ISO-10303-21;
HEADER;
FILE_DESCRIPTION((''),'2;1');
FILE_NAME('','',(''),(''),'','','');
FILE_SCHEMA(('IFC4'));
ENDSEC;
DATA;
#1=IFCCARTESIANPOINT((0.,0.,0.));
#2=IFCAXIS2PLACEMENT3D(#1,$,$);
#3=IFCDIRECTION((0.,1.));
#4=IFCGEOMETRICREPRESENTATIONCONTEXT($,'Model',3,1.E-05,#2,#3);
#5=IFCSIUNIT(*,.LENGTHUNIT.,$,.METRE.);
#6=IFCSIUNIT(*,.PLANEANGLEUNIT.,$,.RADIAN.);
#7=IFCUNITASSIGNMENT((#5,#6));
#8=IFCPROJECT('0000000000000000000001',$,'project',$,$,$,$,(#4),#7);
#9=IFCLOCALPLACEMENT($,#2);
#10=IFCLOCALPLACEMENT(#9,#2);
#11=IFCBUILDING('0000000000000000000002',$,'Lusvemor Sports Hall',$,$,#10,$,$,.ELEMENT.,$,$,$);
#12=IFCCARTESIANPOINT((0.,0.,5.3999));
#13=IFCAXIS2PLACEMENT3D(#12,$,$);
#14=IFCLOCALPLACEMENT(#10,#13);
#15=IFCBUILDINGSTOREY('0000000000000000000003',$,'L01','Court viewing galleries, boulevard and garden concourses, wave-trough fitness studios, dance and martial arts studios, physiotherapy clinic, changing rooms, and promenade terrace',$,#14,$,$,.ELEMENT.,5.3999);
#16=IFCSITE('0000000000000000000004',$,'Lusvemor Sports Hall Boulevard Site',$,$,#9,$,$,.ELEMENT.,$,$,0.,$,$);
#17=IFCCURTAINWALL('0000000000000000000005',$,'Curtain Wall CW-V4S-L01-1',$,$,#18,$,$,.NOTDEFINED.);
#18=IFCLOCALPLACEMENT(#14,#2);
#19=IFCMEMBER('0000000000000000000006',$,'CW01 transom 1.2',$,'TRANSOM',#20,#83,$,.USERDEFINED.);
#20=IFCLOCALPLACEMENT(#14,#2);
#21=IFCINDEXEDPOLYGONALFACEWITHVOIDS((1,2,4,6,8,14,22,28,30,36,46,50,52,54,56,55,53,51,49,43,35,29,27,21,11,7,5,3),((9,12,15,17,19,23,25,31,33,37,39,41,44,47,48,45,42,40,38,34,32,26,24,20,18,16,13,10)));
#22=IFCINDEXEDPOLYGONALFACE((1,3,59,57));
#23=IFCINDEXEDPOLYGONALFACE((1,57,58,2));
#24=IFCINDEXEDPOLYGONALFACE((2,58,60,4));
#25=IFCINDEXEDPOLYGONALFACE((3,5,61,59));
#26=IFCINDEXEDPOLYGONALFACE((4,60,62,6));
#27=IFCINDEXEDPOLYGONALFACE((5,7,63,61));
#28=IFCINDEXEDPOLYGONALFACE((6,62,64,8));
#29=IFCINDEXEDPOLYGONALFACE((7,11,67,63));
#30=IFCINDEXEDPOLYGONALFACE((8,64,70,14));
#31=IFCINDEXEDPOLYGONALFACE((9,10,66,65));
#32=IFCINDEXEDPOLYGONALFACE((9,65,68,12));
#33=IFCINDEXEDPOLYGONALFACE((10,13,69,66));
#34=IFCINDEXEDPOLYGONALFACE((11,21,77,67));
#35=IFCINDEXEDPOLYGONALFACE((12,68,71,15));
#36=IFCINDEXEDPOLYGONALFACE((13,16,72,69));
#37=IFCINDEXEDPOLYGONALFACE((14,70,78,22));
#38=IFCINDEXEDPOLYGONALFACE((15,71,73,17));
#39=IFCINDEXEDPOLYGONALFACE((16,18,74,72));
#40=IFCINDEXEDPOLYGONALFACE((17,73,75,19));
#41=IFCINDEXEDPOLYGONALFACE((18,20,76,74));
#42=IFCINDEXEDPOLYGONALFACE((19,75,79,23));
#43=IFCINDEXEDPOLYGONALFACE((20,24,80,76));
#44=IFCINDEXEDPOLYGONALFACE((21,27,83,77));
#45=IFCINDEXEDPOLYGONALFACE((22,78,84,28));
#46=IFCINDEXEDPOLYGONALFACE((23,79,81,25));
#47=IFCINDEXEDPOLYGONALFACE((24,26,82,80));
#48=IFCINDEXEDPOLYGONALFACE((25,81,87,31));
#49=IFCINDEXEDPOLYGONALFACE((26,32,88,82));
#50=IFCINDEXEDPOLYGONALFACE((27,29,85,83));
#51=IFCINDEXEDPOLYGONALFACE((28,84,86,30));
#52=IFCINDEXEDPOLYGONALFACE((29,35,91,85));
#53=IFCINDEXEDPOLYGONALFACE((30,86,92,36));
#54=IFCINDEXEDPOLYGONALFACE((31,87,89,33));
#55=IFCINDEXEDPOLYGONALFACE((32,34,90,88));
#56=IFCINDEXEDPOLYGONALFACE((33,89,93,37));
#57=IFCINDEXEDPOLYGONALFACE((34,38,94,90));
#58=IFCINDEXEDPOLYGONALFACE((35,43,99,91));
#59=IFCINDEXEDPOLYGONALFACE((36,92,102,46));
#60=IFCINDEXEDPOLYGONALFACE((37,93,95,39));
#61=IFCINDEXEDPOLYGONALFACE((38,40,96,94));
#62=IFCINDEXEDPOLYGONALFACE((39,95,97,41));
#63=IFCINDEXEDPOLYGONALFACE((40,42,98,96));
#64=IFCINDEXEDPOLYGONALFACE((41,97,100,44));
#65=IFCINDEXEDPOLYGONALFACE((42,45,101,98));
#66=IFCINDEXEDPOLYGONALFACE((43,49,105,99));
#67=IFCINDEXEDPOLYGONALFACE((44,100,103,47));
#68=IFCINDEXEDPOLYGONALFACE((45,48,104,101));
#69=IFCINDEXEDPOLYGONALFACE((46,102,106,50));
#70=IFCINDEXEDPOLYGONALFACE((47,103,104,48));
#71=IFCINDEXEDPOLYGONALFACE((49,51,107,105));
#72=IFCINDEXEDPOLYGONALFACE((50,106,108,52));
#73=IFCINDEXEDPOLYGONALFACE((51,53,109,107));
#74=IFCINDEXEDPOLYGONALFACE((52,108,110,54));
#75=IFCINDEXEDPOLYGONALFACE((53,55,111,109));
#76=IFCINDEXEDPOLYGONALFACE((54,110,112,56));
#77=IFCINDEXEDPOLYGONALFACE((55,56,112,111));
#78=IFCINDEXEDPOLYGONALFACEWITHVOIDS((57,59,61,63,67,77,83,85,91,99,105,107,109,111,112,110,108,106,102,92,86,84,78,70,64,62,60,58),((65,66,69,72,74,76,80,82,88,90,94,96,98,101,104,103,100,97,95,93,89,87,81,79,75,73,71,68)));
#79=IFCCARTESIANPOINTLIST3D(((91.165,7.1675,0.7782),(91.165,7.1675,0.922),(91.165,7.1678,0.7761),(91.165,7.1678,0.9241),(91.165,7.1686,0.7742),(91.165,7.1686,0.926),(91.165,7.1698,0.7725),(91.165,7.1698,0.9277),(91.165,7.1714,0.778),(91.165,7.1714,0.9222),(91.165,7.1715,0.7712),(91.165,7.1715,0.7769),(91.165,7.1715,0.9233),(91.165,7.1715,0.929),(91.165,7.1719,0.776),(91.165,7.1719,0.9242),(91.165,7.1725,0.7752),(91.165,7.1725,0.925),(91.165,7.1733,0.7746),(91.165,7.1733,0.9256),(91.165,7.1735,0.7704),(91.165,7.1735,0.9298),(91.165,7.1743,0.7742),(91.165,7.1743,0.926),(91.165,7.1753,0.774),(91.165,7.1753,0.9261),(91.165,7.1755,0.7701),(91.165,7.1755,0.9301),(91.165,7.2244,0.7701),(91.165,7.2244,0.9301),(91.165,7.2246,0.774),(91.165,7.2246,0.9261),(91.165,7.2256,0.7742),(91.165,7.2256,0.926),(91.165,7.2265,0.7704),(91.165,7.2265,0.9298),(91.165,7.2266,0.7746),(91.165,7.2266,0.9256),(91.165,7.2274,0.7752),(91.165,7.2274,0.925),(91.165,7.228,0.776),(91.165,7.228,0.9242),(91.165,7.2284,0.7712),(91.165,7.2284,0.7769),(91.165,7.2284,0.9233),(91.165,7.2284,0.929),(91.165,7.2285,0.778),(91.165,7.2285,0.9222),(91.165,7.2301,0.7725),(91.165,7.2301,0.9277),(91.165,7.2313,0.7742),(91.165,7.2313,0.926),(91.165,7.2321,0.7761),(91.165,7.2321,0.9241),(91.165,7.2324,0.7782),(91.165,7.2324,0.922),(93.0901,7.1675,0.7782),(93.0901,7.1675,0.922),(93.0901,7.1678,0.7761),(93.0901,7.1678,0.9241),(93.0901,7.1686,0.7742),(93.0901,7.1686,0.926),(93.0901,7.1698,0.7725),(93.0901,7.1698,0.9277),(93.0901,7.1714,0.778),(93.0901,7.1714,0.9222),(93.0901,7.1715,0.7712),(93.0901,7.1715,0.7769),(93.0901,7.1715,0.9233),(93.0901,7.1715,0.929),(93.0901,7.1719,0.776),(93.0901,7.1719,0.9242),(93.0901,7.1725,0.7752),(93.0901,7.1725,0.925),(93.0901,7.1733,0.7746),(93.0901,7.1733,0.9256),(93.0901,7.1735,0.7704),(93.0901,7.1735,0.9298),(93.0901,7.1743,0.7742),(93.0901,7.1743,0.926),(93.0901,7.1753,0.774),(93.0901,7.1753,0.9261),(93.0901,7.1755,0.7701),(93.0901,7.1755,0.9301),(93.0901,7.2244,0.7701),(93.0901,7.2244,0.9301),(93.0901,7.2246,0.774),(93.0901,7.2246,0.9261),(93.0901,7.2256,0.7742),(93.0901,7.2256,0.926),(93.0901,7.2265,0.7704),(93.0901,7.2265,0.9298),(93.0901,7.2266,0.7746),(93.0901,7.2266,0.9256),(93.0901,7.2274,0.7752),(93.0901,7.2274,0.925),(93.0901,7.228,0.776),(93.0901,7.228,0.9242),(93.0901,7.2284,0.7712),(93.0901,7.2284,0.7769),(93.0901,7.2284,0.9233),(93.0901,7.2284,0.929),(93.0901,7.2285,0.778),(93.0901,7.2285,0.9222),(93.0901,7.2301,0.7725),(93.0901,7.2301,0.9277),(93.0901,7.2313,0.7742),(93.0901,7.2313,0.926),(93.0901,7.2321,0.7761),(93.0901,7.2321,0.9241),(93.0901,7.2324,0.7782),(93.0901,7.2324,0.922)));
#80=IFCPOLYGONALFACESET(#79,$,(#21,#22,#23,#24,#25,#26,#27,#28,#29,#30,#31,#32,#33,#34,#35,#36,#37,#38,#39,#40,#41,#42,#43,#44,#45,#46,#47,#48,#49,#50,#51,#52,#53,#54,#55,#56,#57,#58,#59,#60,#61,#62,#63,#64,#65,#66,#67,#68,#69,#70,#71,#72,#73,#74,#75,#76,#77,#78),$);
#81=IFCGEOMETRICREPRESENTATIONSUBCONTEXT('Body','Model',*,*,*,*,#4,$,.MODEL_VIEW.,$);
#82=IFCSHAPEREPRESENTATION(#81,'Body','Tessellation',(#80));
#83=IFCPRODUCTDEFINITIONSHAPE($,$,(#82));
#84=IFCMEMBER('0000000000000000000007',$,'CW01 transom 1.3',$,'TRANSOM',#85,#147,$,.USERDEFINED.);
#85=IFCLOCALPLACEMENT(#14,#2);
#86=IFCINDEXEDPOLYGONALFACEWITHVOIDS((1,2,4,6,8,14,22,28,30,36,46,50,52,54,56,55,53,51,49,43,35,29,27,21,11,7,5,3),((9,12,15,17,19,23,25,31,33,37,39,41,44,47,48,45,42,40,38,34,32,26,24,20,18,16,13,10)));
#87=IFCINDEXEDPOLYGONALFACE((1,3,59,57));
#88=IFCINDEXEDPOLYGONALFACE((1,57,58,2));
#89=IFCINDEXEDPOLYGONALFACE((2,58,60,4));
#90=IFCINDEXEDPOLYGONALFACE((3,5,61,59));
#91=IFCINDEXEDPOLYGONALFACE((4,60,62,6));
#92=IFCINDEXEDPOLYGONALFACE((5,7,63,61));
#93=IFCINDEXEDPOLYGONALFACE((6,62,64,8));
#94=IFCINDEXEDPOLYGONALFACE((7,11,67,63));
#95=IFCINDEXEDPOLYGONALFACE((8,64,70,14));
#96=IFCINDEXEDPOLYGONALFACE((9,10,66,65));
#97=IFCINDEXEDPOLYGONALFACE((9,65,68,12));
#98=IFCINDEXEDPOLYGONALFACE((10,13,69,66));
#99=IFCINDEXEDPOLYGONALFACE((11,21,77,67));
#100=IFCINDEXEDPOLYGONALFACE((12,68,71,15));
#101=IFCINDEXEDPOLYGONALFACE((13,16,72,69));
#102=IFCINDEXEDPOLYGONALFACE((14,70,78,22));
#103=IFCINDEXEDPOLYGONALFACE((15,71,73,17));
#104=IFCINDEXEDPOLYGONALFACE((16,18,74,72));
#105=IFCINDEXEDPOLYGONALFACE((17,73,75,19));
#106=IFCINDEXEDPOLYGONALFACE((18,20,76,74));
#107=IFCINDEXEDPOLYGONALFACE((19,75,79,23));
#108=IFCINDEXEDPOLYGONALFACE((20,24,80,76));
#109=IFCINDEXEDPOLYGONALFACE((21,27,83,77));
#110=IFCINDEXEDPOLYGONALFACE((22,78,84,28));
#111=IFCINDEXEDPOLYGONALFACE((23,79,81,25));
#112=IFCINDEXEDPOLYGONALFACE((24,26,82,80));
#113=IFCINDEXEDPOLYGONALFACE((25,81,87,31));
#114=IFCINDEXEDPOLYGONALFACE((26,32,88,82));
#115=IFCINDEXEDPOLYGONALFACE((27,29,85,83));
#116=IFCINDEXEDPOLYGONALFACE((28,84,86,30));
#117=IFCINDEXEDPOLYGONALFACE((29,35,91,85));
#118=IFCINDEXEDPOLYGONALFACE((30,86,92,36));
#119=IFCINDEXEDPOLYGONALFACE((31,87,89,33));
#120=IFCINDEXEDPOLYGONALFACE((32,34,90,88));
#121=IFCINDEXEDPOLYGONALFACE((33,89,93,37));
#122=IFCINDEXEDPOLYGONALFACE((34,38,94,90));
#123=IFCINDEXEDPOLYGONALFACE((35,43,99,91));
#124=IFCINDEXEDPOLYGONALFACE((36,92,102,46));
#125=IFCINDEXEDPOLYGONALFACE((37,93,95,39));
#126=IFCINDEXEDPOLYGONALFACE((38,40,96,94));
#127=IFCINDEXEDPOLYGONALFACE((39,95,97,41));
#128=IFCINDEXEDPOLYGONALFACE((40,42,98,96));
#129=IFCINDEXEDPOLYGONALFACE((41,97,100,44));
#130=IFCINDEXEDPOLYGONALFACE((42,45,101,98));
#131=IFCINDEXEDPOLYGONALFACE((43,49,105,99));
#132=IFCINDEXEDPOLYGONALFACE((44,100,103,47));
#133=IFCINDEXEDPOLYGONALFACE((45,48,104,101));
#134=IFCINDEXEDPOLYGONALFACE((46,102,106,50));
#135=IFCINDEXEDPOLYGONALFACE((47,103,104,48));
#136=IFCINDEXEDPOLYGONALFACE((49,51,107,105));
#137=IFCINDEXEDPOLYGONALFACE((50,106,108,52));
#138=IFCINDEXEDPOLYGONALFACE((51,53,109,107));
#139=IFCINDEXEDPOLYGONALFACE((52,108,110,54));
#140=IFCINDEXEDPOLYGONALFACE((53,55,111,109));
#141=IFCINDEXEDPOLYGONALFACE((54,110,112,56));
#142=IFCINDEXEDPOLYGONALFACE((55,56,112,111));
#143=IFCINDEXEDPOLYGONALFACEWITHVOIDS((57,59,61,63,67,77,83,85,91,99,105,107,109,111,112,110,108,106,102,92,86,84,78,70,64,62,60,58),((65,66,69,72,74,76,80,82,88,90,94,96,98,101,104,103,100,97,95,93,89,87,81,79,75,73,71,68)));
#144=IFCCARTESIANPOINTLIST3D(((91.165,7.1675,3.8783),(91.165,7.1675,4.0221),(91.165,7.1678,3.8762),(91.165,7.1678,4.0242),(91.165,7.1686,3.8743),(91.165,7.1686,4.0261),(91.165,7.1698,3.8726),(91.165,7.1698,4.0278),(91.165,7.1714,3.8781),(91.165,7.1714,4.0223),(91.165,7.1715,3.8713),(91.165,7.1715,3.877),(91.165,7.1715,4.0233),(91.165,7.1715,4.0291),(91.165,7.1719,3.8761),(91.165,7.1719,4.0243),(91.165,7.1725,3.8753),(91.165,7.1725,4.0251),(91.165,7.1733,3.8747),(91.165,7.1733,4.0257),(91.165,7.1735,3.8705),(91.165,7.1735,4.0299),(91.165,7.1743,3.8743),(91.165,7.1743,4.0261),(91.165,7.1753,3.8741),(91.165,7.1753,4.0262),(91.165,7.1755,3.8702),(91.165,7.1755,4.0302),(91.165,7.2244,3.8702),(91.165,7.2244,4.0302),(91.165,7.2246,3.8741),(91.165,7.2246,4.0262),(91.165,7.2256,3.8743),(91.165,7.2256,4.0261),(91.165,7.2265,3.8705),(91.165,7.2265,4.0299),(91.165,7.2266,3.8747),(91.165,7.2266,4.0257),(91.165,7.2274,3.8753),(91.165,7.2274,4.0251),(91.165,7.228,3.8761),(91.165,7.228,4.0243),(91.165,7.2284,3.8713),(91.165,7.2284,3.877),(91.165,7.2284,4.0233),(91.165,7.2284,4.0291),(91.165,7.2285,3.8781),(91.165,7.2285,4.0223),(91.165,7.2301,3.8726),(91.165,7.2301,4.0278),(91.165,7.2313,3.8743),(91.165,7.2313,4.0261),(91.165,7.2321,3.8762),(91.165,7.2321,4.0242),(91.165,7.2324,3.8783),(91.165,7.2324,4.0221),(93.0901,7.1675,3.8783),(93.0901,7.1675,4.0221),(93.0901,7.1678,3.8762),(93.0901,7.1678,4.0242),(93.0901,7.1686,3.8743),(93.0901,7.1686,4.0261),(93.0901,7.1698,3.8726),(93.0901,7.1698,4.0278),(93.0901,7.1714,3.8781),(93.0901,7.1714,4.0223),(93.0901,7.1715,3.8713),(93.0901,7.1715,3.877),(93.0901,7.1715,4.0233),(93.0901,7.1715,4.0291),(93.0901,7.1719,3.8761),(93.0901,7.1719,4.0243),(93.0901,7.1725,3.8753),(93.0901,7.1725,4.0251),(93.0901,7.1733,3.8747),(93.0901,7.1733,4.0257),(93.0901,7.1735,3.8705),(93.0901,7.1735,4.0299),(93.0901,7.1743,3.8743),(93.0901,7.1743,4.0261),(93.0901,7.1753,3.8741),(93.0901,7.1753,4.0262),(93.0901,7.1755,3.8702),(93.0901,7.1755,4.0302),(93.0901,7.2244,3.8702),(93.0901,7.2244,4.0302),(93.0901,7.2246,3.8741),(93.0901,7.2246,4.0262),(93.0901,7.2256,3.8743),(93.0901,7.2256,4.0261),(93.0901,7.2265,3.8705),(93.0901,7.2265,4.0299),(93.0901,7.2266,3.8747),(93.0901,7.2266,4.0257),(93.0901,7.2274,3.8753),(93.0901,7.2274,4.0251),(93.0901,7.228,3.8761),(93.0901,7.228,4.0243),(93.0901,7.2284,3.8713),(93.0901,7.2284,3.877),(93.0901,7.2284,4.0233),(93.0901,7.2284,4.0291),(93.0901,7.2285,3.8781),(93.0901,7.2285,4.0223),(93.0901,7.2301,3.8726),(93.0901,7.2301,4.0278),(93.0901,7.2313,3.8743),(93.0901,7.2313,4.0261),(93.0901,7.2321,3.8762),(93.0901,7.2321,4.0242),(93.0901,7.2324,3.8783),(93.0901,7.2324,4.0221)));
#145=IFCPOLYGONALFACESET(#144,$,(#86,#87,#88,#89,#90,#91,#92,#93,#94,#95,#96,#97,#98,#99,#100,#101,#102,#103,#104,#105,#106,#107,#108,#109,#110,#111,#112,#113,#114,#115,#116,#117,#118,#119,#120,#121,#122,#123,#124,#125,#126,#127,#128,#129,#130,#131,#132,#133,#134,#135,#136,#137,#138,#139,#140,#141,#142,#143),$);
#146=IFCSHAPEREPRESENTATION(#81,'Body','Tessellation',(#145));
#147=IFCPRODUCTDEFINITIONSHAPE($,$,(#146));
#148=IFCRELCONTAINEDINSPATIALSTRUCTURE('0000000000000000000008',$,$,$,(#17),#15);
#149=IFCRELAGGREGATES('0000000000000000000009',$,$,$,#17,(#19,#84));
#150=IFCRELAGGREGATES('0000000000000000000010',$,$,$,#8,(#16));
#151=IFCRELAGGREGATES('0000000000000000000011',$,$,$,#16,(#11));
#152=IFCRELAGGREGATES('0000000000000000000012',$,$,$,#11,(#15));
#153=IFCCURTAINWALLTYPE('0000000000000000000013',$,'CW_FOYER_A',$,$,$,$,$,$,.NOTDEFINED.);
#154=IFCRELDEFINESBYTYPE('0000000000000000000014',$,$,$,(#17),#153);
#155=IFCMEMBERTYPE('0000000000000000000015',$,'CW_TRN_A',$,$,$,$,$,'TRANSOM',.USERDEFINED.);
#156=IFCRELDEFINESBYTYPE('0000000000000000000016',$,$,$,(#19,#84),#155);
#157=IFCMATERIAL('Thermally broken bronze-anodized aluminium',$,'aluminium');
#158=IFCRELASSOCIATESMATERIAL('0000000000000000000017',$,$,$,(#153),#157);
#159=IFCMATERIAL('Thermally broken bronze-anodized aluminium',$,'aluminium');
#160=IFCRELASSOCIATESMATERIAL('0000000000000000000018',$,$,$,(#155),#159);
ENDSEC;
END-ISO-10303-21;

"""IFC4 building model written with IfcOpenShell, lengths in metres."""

from ifc_helpers import new_model, si_unit, direction, frame, origin, origin_2d, place, context, subcontext, project, spatial, hollow_rectangle, extrude, material, material_profile, profile_set, type_object, element, aggregate, save


model = new_model("IFC4")

# Units and contexts
model_context = context("Model", 3, precision=1e-05, world=origin(), true_north=direction((0.0, 1.0)))
body_context = subcontext(model_context, "Body", "Model", "MODEL_VIEW")
ifc_project = project(units=[si_unit("LENGTHUNIT", "METRE"), si_unit("PLANEANGLEUNIT", "RADIAN")], contexts=[model_context])

# Site, building, storey
site_placement = place(None, origin())
site = spatial("IfcSite", under=ifc_project, at=site_placement, Name="Lusvemor Sports Hall Boulevard Site", CompositionType="ELEMENT", RefElevation=0.0)
building_placement = place(site_placement, origin())
building = spatial("IfcBuilding", under=site, at=building_placement, Name="Lusvemor Sports Hall", CompositionType="ELEMENT")
storey_placement = place(building_placement, frame((0.0, 0.0, 5.3999)))
storey = spatial("IfcBuildingStorey", under=building, at=storey_placement, Name="L01", Description="Court viewing galleries, boulevard and garden concourses, wave-trough fitness studios, dance and martial arts studios, physiotherapy clinic, changing rooms, and promenade terrace", CompositionType="ELEMENT", Elevation=5.3999)

# Curtain wall, members
ifc_material_1 = material(Name="Thermally broken bronze-anodized aluminium", Category="aluminium")
curtain_wall_type = type_object("IfcCurtainWallType", Name="CW_FOYER_A", PredefinedType="NOTDEFINED", material=ifc_material_1)
curtain_wall_placement = place(storey_placement, origin())
curtain_wall = element("IfcCurtainWall", 1, at=curtain_wall_placement, inside=storey, type_object=curtain_wall_type, Name="Curtain Wall CW-V4S-L01-1", PredefinedType="NOTDEFINED")
ifc_material_2 = material(Name="Thermally broken bronze-anodized aluminium", Category="aluminium")
ifc_material_profile_1 = material_profile(ifc_material_2, hollow_rectangle(XDim=0.0649, YDim=0.1599, WallThickness=0.0039, InnerFilletRadius=0.0039, OuterFilletRadius=0.0081, at=origin_2d()), Name="CWTRN160x65x4")
ifc_profile_set_1 = profile_set([ifc_material_profile_1], Name="Thermally broken bronze-anodized aluminium")
member_type_1 = type_object("IfcMemberType", Name="CW_TRN_A", ElementType="TRANSOM", PredefinedType="USERDEFINED", material=ifc_profile_set_1)
member_1_placement = place(storey_placement, frame((93.0901, 7.2, 0.8501), z_axis=(-1.0, 0.0, 0.0), x_axis=(0.0, -1.0, 0.0)))
member_1 = element("IfcMember", 2, at=member_1_placement, type_object=member_type_1, Name="CW01 transom 1.2", ObjectType="TRANSOM", PredefinedType="USERDEFINED", context=body_context, shape_type="SweptSolid", body=[
    extrude(hollow_rectangle(XDim=0.0649, YDim=0.1599, WallThickness=0.0039, InnerFilletRadius=0.0039, OuterFilletRadius=0.0081, at=origin_2d()), origin(), (0.0, 0.0, 1.0), 1.925),
])
member_2_placement = place(storey_placement, frame((93.0901, 7.2, 3.9502), z_axis=(-1.0, 0.0, 0.0), x_axis=(0.0, -1.0, 0.0)))
member_2 = element("IfcMember", 3, at=member_2_placement, type_object=member_type_1, Name="CW01 transom 1.3", ObjectType="TRANSOM", PredefinedType="USERDEFINED", context=body_context, shape_type="SweptSolid", body=[
    extrude(hollow_rectangle(XDim=0.0649, YDim=0.1599, WallThickness=0.0039, InnerFilletRadius=0.0039, OuterFilletRadius=0.0081, at=origin_2d()), origin(), (0.0, 0.0, 1.0), 1.925),
])

aggregate(curtain_wall, [member_1, member_2])

save(model, "model.ifc")
